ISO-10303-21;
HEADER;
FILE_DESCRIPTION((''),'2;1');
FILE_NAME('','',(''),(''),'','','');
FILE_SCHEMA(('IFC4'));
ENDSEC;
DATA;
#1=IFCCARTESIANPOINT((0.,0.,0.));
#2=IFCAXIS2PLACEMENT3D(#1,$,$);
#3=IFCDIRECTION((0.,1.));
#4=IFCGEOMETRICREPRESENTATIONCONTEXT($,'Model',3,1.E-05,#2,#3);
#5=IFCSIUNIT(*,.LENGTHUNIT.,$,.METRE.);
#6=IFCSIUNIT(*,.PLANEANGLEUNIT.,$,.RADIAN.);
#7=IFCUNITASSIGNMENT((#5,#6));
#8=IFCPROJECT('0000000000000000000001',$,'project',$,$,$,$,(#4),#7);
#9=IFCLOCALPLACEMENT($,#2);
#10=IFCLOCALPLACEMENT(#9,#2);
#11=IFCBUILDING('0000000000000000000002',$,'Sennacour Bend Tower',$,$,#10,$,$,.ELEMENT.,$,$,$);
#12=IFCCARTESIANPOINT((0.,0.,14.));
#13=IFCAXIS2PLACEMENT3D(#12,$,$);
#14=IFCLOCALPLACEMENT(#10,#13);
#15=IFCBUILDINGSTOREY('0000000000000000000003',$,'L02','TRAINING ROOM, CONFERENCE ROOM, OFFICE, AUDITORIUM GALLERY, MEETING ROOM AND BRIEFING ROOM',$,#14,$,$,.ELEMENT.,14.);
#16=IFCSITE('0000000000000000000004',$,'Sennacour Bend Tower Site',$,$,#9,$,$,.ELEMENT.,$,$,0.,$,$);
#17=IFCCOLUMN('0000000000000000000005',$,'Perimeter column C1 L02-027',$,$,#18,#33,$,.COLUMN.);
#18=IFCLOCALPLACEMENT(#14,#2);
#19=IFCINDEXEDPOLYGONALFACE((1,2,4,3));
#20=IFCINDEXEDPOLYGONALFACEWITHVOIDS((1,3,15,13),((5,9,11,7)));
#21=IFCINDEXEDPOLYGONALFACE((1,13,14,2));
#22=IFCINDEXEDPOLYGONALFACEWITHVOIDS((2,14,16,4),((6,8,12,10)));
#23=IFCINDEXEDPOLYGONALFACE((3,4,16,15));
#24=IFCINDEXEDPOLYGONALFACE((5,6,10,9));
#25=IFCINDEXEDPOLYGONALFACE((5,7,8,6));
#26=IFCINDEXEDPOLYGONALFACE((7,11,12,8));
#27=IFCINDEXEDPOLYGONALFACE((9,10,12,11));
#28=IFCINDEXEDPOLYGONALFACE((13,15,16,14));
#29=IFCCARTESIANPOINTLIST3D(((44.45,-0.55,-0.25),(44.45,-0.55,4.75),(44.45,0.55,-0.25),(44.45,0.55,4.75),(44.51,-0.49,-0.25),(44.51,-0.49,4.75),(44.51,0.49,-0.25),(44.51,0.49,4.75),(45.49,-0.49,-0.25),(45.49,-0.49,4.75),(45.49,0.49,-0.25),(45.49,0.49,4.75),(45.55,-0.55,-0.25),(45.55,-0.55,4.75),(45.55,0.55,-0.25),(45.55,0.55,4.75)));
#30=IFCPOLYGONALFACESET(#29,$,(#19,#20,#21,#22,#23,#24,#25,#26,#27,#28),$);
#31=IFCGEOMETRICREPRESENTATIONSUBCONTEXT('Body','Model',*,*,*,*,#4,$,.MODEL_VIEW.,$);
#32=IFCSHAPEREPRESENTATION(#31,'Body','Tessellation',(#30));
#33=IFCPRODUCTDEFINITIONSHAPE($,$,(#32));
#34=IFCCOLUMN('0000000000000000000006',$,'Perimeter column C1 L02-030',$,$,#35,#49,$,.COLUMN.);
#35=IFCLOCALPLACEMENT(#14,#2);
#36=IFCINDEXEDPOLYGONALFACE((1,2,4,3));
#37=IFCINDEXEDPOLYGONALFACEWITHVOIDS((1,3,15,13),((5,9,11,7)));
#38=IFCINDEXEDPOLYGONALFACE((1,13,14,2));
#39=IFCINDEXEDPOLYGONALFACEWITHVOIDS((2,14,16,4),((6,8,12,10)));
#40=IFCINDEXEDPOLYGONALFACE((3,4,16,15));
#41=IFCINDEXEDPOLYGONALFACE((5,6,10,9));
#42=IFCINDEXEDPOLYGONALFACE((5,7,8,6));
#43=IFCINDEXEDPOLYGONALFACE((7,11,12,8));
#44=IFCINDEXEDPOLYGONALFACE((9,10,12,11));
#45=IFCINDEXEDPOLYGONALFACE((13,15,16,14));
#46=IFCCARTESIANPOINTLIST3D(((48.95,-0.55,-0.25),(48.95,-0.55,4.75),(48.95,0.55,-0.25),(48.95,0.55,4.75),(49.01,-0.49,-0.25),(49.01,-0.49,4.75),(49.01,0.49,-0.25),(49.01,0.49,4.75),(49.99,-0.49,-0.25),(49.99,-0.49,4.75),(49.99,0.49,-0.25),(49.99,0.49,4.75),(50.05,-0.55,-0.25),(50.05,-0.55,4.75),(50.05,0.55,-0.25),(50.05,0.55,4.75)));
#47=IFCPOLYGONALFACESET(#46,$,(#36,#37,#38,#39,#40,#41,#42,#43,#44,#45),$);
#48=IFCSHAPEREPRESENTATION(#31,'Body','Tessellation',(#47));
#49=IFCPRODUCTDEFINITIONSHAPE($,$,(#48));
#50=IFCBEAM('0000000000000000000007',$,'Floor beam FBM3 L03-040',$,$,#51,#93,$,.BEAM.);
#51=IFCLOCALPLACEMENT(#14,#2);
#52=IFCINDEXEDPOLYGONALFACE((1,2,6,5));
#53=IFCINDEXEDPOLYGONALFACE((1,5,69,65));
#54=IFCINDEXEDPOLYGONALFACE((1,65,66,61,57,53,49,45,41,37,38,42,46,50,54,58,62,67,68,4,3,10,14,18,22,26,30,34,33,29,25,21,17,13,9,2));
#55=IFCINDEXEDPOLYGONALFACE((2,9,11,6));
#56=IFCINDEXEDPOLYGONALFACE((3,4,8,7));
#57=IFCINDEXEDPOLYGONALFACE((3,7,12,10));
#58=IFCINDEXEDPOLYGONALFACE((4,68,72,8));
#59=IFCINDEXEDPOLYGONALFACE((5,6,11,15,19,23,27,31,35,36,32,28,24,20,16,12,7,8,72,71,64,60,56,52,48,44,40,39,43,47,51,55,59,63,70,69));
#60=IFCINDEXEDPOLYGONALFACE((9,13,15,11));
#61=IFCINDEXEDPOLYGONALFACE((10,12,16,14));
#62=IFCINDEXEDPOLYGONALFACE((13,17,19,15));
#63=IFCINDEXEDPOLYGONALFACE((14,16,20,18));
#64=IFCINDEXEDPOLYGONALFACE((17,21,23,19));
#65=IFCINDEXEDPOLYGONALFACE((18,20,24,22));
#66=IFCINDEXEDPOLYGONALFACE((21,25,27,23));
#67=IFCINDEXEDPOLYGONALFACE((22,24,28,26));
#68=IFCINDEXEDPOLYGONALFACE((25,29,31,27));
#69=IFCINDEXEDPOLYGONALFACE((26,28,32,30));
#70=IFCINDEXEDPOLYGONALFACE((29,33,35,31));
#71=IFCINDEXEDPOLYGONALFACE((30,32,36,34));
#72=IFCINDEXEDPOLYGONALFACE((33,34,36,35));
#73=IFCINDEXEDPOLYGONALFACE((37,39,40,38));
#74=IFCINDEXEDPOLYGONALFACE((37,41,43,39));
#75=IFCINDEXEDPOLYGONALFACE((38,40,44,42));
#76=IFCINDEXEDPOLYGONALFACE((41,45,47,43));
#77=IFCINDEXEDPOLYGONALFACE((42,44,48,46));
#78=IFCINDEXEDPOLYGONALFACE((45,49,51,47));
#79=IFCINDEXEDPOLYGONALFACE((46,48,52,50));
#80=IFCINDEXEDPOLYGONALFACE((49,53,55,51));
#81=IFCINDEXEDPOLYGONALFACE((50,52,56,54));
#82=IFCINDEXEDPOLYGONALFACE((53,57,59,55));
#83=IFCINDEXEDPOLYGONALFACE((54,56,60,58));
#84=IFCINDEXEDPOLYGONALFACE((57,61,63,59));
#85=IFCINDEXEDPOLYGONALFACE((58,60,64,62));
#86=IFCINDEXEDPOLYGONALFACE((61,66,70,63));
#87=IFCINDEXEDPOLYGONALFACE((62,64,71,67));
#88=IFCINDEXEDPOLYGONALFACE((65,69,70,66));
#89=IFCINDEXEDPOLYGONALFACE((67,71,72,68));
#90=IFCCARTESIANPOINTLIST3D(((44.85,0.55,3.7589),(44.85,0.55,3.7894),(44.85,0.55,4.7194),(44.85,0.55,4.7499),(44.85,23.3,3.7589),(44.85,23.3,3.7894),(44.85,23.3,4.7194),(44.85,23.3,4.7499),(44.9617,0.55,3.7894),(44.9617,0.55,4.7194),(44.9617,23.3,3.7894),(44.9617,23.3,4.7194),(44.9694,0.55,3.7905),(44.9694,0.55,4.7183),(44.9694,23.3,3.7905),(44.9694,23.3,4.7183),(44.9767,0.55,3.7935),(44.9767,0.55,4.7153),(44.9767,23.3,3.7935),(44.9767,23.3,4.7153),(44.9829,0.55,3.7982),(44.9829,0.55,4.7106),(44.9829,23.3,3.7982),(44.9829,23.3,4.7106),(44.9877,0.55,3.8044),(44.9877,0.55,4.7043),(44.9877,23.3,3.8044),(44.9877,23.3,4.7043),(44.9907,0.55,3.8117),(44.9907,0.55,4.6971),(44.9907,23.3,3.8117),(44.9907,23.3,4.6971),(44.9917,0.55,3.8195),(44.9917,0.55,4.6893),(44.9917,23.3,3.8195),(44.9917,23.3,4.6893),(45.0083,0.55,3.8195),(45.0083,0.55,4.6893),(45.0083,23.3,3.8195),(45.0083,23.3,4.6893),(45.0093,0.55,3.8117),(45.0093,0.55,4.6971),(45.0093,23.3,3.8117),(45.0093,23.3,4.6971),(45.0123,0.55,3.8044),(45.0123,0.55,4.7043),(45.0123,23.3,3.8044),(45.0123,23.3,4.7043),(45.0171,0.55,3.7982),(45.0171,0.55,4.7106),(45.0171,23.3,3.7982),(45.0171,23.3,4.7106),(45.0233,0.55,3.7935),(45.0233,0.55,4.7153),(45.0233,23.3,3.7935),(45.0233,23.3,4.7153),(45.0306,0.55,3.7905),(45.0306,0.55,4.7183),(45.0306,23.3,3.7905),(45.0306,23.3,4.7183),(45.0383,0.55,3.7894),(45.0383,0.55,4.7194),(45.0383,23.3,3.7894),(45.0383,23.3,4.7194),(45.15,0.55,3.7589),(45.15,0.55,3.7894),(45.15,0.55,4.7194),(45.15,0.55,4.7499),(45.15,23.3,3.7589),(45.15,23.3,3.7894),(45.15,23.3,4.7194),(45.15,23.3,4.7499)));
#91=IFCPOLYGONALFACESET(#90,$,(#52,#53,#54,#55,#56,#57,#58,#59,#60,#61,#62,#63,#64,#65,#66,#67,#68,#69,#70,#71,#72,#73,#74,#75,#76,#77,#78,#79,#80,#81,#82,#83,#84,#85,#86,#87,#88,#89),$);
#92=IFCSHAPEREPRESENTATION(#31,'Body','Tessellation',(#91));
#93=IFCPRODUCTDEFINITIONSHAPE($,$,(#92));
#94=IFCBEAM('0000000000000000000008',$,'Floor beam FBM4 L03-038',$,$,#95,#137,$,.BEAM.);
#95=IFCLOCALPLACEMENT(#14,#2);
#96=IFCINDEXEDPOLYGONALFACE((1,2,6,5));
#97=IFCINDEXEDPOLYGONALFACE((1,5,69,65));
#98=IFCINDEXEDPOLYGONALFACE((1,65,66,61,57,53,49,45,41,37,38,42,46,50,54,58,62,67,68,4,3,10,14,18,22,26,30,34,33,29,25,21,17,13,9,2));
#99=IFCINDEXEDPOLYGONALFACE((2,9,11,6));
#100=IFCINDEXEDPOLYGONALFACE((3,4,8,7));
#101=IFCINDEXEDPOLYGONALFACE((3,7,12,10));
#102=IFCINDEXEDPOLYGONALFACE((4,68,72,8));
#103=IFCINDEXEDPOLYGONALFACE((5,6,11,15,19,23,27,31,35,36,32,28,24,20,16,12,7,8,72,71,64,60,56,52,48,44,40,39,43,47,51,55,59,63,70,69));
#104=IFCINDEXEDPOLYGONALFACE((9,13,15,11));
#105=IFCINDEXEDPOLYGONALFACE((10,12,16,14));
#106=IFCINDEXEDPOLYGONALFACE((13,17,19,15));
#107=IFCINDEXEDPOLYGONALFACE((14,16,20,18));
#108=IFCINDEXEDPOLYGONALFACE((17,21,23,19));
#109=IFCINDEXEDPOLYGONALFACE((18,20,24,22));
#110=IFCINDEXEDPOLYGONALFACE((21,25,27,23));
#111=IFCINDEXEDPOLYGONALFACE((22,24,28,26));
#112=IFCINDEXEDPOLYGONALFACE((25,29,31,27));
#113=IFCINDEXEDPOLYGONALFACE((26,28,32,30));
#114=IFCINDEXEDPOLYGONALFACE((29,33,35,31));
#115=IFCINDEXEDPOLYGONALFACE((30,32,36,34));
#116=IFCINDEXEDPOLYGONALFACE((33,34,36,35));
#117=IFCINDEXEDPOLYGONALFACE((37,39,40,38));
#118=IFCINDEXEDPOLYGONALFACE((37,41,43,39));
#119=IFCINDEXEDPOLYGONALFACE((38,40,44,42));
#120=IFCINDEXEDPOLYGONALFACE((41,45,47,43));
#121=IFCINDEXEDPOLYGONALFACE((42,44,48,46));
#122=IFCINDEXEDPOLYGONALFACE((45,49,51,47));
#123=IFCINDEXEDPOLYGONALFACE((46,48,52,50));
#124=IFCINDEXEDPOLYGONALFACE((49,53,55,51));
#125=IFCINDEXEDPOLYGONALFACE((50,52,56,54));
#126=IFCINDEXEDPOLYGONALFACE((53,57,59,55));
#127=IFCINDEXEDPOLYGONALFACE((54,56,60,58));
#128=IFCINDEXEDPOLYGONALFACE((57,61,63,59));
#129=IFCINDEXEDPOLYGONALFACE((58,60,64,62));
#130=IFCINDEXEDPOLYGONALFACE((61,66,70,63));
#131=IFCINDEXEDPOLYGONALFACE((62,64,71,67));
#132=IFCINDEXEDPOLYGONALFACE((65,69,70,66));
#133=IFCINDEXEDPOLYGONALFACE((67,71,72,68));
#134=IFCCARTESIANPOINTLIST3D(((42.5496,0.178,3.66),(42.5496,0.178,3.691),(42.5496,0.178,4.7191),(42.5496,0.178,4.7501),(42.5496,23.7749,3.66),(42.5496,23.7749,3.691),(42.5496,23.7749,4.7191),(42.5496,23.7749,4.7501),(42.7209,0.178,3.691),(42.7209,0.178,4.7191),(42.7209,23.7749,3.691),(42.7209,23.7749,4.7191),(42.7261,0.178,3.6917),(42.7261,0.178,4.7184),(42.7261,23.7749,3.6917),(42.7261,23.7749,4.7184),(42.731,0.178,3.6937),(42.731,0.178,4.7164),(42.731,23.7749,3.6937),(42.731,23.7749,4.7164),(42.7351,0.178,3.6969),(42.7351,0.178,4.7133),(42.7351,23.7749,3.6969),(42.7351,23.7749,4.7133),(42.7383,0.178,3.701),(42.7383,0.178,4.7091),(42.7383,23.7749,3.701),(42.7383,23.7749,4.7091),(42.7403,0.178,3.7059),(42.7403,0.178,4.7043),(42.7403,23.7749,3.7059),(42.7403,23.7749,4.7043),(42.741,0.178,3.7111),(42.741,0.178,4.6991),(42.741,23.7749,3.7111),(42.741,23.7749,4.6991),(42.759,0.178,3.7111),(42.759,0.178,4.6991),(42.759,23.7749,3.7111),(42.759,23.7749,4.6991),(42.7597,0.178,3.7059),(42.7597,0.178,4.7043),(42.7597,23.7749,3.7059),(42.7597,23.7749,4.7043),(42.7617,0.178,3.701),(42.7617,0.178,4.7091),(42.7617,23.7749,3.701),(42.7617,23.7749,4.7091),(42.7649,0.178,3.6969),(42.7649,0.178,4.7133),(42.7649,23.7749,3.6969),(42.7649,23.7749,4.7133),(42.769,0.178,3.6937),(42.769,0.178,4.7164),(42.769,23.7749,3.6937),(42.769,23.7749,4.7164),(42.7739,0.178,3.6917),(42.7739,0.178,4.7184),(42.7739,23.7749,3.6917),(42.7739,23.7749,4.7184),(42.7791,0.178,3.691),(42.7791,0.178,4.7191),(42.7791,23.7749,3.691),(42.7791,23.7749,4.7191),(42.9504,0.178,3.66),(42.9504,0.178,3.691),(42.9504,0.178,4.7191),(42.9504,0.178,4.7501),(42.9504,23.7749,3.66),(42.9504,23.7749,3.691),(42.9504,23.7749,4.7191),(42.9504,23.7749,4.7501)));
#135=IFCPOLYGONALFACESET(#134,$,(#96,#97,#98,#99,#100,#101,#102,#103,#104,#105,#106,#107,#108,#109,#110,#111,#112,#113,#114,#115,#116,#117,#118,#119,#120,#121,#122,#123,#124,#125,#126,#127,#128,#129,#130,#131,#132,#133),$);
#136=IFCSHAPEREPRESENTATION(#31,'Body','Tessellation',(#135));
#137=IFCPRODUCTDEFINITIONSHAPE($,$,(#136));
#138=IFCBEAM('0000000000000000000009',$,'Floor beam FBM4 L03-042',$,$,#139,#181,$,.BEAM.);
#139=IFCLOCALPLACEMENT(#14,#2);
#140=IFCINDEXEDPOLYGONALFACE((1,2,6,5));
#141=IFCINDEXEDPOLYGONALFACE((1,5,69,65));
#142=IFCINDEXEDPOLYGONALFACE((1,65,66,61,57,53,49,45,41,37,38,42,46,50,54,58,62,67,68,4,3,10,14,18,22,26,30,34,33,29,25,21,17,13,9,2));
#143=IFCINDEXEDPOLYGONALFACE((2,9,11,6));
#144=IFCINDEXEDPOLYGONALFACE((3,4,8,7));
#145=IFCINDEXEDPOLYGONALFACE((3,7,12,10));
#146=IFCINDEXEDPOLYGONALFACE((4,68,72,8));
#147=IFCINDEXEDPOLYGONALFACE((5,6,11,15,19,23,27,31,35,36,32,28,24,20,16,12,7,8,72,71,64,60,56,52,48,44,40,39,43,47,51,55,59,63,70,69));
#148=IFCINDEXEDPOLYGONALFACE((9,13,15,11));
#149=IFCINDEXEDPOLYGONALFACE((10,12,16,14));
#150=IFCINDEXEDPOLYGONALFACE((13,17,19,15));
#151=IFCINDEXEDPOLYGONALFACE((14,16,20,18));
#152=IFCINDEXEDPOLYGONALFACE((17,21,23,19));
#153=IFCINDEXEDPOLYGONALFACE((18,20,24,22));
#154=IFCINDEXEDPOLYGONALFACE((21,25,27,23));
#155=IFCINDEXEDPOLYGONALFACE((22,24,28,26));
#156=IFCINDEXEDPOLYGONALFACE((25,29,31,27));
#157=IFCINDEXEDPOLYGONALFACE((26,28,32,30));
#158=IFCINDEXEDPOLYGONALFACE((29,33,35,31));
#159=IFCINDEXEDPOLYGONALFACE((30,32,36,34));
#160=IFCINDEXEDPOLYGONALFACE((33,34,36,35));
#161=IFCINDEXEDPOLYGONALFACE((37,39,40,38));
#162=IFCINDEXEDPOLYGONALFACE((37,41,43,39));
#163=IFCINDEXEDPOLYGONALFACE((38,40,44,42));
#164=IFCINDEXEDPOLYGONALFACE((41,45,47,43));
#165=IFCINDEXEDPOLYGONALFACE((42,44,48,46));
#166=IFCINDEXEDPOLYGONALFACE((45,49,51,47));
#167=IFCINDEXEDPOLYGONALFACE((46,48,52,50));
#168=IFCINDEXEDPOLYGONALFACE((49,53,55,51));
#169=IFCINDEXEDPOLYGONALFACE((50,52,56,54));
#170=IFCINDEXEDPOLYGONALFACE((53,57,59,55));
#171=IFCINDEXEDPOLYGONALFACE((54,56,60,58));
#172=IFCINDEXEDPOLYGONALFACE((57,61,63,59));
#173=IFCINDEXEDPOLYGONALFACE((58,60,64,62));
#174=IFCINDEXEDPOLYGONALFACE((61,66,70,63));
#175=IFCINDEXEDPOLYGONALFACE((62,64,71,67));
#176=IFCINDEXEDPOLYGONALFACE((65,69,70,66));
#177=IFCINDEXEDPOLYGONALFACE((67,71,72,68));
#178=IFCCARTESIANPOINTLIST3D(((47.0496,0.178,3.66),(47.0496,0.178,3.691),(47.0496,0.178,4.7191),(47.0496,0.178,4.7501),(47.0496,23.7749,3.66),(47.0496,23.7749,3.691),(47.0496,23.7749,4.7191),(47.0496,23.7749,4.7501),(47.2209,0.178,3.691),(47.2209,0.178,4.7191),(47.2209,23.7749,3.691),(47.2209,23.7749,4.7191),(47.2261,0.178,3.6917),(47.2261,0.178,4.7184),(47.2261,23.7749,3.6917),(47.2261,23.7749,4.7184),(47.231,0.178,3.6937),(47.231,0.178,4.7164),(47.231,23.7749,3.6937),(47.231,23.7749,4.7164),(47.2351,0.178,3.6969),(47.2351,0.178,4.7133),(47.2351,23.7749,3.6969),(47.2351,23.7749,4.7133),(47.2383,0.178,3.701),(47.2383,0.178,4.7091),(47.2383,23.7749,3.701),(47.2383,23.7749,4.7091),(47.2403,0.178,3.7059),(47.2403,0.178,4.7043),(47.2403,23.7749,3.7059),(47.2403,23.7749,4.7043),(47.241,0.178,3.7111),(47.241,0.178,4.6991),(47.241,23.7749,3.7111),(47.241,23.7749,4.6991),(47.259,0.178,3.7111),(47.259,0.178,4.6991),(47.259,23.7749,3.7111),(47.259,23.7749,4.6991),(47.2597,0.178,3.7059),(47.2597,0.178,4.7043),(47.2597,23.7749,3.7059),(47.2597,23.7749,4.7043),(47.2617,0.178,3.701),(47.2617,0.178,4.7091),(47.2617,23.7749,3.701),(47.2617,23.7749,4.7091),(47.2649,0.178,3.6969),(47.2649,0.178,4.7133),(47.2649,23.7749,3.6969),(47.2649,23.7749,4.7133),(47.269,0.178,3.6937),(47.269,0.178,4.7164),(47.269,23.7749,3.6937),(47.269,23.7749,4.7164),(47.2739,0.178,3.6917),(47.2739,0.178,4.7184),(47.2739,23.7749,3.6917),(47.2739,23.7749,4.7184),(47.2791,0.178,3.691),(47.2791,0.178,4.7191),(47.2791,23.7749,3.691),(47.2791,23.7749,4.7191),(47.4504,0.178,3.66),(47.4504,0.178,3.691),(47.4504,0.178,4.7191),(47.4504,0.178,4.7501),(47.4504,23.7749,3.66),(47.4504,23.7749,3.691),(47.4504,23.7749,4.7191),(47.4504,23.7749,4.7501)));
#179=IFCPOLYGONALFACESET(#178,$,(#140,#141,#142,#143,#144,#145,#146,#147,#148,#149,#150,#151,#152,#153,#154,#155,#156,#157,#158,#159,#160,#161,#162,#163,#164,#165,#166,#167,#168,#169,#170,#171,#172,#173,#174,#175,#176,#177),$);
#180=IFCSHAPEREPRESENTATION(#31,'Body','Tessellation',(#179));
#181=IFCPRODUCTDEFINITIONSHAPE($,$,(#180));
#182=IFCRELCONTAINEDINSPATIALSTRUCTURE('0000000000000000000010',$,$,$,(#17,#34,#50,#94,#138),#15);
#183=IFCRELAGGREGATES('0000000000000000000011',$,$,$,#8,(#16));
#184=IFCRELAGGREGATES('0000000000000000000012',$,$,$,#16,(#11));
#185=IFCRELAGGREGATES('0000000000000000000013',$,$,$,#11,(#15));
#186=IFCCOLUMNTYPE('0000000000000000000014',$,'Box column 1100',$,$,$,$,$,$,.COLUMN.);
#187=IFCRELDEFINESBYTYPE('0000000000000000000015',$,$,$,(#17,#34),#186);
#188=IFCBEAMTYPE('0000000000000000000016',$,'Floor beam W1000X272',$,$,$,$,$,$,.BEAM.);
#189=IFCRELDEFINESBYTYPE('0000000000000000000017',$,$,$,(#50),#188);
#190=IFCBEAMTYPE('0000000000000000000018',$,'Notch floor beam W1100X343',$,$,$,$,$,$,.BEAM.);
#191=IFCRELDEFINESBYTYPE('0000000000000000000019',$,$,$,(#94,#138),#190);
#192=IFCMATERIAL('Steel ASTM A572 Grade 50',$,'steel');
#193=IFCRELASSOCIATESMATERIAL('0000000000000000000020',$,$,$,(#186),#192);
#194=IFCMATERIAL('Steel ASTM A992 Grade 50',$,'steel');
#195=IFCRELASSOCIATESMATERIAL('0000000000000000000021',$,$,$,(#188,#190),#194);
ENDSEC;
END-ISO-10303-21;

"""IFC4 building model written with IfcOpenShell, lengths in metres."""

from ifc_helpers import new_model, si_unit, direction, frame, origin, origin_2d, place, context, subcontext, project, spatial, hollow_rectangle, i_section, extrude, material, material_profile, profile_set, type_object, element, save


model = new_model("IFC4")

# Units and contexts
model_context = context("Model", 3, precision=1e-05, world=origin(), true_north=direction((0.0, 1.0)))
body_context = subcontext(model_context, "Body", "Model", "MODEL_VIEW")
ifc_project = project(units=[si_unit("LENGTHUNIT", "METRE"), si_unit("PLANEANGLEUNIT", "RADIAN")], contexts=[model_context])

# Site, building, storey
site_placement = place(None, origin())
site = spatial("IfcSite", under=ifc_project, at=site_placement, Name="Sennacour Bend Tower Site", CompositionType="ELEMENT", RefElevation=0.0)
building_placement = place(site_placement, origin())
building = spatial("IfcBuilding", under=site, at=building_placement, Name="Sennacour Bend Tower", CompositionType="ELEMENT")
storey_placement = place(building_placement, frame((0.0, 0.0, 14.0)))
storey = spatial("IfcBuildingStorey", under=building, at=storey_placement, Name="L02", Description="TRAINING ROOM, CONFERENCE ROOM, OFFICE, AUDITORIUM GALLERY, MEETING ROOM AND BRIEFING ROOM", CompositionType="ELEMENT", Elevation=14.0)

# Columns
ifc_material_1 = material(Name="Steel ASTM A572 Grade 50", Category="steel")
ifc_material_profile_1 = material_profile(ifc_material_1, hollow_rectangle(XDim=1.1001, YDim=1.1001, WallThickness=0.0601, at=origin_2d()), Name="Steel ASTM A572 Grade 50", Category="steel")
ifc_profile_set_1 = profile_set([ifc_material_profile_1], Name="Steel ASTM A572 Grade 50")
column_type = type_object("IfcColumnType", Name="Box column 1100", PredefinedType="COLUMN", material=ifc_profile_set_1)
for number, where, z_axis, x_axis, name in (
    (1, (45.0, 0.0, -0.25), (0.0, 0.0, 1.0), (1.0, 0.0, 0.0), "Perimeter column C1 L02-027"),
    (2, (49.5, 0.0, -0.25), (0.0, 0.0, 1.0), (1.0, 0.0, 0.0), "Perimeter column C1 L02-030"),
):
    element("IfcColumn", number, at=place(storey_placement, frame(where, z_axis=z_axis, x_axis=x_axis)), inside=storey, type_object=column_type, Name=name, PredefinedType="COLUMN", context=body_context, shape_type="SweptSolid", body=[
        extrude(hollow_rectangle(XDim=1.1001, YDim=1.1001, WallThickness=0.0601, at=origin_2d()), origin(), (0.0, 0.0, 1.0), 5.0),
    ])

# Beams
ifc_material_2 = material(Name="Steel ASTM A992 Grade 50", Category="steel")
ifc_material_profile_2 = material_profile(ifc_material_2, i_section(OverallWidth=0.3, OverallDepth=0.991, WebThickness=0.0166, FlangeThickness=0.0305, FilletRadius=0.03, at=origin_2d()), Name="Steel ASTM A992 Grade 50", Category="steel")
ifc_profile_set_2 = profile_set([ifc_material_profile_2], Name="Steel ASTM A992 Grade 50")
beam_type_1 = type_object("IfcBeamType", Name="Floor beam W1000X272", PredefinedType="BEAM", material=ifc_profile_set_2)
beam_placement = place(storey_placement, frame((45.0, 0.55, 4.2544), z_axis=(0.0, 1.0, 0.0), x_axis=(-1.0, 0.0, 0.0)))
element("IfcBeam", 3, at=beam_placement, inside=storey, type_object=beam_type_1, Name="Floor beam FBM3 L03-040", PredefinedType="BEAM", context=body_context, shape_type="SweptSolid", body=[
    extrude(i_section(OverallWidth=0.3, OverallDepth=0.991, WebThickness=0.0166, FlangeThickness=0.0305, FilletRadius=0.03, at=origin_2d()), origin(), (0.0, 0.0, 1.0), 22.75),
])
ifc_material_profile_3 = material_profile(ifc_material_2, i_section(OverallWidth=0.4009, OverallDepth=1.0901, WebThickness=0.0181, FlangeThickness=0.031, FilletRadius=0.02, at=origin_2d()), Name="Steel ASTM A992 Grade 50", Category="steel")
ifc_profile_set_3 = profile_set([ifc_material_profile_3], Name="Steel ASTM A992 Grade 50")
beam_type_2 = type_object("IfcBeamType", Name="Notch floor beam W1100X343", PredefinedType="BEAM", material=ifc_profile_set_3)
for number, where, z_axis, x_axis, name in (
    (4, (42.75, 0.178, 4.2051), (0.0, 1.0, 0.0), (-1.0, 0.0, 0.0), "Floor beam FBM4 L03-038"),
    (5, (47.25, 0.178, 4.2051), (0.0, 1.0, 0.0), (-1.0, 0.0, 0.0), "Floor beam FBM4 L03-042"),
):
    element("IfcBeam", number, at=place(storey_placement, frame(where, z_axis=z_axis, x_axis=x_axis)), inside=storey, type_object=beam_type_2, Name=name, PredefinedType="BEAM", context=body_context, shape_type="SweptSolid", body=[
        extrude(i_section(OverallWidth=0.4009, OverallDepth=1.0901, WebThickness=0.0181, FlangeThickness=0.031, FilletRadius=0.02, at=origin_2d()), origin(), (0.0, 0.0, 1.0), 23.5969),
    ])

save(model, "model.ifc")
